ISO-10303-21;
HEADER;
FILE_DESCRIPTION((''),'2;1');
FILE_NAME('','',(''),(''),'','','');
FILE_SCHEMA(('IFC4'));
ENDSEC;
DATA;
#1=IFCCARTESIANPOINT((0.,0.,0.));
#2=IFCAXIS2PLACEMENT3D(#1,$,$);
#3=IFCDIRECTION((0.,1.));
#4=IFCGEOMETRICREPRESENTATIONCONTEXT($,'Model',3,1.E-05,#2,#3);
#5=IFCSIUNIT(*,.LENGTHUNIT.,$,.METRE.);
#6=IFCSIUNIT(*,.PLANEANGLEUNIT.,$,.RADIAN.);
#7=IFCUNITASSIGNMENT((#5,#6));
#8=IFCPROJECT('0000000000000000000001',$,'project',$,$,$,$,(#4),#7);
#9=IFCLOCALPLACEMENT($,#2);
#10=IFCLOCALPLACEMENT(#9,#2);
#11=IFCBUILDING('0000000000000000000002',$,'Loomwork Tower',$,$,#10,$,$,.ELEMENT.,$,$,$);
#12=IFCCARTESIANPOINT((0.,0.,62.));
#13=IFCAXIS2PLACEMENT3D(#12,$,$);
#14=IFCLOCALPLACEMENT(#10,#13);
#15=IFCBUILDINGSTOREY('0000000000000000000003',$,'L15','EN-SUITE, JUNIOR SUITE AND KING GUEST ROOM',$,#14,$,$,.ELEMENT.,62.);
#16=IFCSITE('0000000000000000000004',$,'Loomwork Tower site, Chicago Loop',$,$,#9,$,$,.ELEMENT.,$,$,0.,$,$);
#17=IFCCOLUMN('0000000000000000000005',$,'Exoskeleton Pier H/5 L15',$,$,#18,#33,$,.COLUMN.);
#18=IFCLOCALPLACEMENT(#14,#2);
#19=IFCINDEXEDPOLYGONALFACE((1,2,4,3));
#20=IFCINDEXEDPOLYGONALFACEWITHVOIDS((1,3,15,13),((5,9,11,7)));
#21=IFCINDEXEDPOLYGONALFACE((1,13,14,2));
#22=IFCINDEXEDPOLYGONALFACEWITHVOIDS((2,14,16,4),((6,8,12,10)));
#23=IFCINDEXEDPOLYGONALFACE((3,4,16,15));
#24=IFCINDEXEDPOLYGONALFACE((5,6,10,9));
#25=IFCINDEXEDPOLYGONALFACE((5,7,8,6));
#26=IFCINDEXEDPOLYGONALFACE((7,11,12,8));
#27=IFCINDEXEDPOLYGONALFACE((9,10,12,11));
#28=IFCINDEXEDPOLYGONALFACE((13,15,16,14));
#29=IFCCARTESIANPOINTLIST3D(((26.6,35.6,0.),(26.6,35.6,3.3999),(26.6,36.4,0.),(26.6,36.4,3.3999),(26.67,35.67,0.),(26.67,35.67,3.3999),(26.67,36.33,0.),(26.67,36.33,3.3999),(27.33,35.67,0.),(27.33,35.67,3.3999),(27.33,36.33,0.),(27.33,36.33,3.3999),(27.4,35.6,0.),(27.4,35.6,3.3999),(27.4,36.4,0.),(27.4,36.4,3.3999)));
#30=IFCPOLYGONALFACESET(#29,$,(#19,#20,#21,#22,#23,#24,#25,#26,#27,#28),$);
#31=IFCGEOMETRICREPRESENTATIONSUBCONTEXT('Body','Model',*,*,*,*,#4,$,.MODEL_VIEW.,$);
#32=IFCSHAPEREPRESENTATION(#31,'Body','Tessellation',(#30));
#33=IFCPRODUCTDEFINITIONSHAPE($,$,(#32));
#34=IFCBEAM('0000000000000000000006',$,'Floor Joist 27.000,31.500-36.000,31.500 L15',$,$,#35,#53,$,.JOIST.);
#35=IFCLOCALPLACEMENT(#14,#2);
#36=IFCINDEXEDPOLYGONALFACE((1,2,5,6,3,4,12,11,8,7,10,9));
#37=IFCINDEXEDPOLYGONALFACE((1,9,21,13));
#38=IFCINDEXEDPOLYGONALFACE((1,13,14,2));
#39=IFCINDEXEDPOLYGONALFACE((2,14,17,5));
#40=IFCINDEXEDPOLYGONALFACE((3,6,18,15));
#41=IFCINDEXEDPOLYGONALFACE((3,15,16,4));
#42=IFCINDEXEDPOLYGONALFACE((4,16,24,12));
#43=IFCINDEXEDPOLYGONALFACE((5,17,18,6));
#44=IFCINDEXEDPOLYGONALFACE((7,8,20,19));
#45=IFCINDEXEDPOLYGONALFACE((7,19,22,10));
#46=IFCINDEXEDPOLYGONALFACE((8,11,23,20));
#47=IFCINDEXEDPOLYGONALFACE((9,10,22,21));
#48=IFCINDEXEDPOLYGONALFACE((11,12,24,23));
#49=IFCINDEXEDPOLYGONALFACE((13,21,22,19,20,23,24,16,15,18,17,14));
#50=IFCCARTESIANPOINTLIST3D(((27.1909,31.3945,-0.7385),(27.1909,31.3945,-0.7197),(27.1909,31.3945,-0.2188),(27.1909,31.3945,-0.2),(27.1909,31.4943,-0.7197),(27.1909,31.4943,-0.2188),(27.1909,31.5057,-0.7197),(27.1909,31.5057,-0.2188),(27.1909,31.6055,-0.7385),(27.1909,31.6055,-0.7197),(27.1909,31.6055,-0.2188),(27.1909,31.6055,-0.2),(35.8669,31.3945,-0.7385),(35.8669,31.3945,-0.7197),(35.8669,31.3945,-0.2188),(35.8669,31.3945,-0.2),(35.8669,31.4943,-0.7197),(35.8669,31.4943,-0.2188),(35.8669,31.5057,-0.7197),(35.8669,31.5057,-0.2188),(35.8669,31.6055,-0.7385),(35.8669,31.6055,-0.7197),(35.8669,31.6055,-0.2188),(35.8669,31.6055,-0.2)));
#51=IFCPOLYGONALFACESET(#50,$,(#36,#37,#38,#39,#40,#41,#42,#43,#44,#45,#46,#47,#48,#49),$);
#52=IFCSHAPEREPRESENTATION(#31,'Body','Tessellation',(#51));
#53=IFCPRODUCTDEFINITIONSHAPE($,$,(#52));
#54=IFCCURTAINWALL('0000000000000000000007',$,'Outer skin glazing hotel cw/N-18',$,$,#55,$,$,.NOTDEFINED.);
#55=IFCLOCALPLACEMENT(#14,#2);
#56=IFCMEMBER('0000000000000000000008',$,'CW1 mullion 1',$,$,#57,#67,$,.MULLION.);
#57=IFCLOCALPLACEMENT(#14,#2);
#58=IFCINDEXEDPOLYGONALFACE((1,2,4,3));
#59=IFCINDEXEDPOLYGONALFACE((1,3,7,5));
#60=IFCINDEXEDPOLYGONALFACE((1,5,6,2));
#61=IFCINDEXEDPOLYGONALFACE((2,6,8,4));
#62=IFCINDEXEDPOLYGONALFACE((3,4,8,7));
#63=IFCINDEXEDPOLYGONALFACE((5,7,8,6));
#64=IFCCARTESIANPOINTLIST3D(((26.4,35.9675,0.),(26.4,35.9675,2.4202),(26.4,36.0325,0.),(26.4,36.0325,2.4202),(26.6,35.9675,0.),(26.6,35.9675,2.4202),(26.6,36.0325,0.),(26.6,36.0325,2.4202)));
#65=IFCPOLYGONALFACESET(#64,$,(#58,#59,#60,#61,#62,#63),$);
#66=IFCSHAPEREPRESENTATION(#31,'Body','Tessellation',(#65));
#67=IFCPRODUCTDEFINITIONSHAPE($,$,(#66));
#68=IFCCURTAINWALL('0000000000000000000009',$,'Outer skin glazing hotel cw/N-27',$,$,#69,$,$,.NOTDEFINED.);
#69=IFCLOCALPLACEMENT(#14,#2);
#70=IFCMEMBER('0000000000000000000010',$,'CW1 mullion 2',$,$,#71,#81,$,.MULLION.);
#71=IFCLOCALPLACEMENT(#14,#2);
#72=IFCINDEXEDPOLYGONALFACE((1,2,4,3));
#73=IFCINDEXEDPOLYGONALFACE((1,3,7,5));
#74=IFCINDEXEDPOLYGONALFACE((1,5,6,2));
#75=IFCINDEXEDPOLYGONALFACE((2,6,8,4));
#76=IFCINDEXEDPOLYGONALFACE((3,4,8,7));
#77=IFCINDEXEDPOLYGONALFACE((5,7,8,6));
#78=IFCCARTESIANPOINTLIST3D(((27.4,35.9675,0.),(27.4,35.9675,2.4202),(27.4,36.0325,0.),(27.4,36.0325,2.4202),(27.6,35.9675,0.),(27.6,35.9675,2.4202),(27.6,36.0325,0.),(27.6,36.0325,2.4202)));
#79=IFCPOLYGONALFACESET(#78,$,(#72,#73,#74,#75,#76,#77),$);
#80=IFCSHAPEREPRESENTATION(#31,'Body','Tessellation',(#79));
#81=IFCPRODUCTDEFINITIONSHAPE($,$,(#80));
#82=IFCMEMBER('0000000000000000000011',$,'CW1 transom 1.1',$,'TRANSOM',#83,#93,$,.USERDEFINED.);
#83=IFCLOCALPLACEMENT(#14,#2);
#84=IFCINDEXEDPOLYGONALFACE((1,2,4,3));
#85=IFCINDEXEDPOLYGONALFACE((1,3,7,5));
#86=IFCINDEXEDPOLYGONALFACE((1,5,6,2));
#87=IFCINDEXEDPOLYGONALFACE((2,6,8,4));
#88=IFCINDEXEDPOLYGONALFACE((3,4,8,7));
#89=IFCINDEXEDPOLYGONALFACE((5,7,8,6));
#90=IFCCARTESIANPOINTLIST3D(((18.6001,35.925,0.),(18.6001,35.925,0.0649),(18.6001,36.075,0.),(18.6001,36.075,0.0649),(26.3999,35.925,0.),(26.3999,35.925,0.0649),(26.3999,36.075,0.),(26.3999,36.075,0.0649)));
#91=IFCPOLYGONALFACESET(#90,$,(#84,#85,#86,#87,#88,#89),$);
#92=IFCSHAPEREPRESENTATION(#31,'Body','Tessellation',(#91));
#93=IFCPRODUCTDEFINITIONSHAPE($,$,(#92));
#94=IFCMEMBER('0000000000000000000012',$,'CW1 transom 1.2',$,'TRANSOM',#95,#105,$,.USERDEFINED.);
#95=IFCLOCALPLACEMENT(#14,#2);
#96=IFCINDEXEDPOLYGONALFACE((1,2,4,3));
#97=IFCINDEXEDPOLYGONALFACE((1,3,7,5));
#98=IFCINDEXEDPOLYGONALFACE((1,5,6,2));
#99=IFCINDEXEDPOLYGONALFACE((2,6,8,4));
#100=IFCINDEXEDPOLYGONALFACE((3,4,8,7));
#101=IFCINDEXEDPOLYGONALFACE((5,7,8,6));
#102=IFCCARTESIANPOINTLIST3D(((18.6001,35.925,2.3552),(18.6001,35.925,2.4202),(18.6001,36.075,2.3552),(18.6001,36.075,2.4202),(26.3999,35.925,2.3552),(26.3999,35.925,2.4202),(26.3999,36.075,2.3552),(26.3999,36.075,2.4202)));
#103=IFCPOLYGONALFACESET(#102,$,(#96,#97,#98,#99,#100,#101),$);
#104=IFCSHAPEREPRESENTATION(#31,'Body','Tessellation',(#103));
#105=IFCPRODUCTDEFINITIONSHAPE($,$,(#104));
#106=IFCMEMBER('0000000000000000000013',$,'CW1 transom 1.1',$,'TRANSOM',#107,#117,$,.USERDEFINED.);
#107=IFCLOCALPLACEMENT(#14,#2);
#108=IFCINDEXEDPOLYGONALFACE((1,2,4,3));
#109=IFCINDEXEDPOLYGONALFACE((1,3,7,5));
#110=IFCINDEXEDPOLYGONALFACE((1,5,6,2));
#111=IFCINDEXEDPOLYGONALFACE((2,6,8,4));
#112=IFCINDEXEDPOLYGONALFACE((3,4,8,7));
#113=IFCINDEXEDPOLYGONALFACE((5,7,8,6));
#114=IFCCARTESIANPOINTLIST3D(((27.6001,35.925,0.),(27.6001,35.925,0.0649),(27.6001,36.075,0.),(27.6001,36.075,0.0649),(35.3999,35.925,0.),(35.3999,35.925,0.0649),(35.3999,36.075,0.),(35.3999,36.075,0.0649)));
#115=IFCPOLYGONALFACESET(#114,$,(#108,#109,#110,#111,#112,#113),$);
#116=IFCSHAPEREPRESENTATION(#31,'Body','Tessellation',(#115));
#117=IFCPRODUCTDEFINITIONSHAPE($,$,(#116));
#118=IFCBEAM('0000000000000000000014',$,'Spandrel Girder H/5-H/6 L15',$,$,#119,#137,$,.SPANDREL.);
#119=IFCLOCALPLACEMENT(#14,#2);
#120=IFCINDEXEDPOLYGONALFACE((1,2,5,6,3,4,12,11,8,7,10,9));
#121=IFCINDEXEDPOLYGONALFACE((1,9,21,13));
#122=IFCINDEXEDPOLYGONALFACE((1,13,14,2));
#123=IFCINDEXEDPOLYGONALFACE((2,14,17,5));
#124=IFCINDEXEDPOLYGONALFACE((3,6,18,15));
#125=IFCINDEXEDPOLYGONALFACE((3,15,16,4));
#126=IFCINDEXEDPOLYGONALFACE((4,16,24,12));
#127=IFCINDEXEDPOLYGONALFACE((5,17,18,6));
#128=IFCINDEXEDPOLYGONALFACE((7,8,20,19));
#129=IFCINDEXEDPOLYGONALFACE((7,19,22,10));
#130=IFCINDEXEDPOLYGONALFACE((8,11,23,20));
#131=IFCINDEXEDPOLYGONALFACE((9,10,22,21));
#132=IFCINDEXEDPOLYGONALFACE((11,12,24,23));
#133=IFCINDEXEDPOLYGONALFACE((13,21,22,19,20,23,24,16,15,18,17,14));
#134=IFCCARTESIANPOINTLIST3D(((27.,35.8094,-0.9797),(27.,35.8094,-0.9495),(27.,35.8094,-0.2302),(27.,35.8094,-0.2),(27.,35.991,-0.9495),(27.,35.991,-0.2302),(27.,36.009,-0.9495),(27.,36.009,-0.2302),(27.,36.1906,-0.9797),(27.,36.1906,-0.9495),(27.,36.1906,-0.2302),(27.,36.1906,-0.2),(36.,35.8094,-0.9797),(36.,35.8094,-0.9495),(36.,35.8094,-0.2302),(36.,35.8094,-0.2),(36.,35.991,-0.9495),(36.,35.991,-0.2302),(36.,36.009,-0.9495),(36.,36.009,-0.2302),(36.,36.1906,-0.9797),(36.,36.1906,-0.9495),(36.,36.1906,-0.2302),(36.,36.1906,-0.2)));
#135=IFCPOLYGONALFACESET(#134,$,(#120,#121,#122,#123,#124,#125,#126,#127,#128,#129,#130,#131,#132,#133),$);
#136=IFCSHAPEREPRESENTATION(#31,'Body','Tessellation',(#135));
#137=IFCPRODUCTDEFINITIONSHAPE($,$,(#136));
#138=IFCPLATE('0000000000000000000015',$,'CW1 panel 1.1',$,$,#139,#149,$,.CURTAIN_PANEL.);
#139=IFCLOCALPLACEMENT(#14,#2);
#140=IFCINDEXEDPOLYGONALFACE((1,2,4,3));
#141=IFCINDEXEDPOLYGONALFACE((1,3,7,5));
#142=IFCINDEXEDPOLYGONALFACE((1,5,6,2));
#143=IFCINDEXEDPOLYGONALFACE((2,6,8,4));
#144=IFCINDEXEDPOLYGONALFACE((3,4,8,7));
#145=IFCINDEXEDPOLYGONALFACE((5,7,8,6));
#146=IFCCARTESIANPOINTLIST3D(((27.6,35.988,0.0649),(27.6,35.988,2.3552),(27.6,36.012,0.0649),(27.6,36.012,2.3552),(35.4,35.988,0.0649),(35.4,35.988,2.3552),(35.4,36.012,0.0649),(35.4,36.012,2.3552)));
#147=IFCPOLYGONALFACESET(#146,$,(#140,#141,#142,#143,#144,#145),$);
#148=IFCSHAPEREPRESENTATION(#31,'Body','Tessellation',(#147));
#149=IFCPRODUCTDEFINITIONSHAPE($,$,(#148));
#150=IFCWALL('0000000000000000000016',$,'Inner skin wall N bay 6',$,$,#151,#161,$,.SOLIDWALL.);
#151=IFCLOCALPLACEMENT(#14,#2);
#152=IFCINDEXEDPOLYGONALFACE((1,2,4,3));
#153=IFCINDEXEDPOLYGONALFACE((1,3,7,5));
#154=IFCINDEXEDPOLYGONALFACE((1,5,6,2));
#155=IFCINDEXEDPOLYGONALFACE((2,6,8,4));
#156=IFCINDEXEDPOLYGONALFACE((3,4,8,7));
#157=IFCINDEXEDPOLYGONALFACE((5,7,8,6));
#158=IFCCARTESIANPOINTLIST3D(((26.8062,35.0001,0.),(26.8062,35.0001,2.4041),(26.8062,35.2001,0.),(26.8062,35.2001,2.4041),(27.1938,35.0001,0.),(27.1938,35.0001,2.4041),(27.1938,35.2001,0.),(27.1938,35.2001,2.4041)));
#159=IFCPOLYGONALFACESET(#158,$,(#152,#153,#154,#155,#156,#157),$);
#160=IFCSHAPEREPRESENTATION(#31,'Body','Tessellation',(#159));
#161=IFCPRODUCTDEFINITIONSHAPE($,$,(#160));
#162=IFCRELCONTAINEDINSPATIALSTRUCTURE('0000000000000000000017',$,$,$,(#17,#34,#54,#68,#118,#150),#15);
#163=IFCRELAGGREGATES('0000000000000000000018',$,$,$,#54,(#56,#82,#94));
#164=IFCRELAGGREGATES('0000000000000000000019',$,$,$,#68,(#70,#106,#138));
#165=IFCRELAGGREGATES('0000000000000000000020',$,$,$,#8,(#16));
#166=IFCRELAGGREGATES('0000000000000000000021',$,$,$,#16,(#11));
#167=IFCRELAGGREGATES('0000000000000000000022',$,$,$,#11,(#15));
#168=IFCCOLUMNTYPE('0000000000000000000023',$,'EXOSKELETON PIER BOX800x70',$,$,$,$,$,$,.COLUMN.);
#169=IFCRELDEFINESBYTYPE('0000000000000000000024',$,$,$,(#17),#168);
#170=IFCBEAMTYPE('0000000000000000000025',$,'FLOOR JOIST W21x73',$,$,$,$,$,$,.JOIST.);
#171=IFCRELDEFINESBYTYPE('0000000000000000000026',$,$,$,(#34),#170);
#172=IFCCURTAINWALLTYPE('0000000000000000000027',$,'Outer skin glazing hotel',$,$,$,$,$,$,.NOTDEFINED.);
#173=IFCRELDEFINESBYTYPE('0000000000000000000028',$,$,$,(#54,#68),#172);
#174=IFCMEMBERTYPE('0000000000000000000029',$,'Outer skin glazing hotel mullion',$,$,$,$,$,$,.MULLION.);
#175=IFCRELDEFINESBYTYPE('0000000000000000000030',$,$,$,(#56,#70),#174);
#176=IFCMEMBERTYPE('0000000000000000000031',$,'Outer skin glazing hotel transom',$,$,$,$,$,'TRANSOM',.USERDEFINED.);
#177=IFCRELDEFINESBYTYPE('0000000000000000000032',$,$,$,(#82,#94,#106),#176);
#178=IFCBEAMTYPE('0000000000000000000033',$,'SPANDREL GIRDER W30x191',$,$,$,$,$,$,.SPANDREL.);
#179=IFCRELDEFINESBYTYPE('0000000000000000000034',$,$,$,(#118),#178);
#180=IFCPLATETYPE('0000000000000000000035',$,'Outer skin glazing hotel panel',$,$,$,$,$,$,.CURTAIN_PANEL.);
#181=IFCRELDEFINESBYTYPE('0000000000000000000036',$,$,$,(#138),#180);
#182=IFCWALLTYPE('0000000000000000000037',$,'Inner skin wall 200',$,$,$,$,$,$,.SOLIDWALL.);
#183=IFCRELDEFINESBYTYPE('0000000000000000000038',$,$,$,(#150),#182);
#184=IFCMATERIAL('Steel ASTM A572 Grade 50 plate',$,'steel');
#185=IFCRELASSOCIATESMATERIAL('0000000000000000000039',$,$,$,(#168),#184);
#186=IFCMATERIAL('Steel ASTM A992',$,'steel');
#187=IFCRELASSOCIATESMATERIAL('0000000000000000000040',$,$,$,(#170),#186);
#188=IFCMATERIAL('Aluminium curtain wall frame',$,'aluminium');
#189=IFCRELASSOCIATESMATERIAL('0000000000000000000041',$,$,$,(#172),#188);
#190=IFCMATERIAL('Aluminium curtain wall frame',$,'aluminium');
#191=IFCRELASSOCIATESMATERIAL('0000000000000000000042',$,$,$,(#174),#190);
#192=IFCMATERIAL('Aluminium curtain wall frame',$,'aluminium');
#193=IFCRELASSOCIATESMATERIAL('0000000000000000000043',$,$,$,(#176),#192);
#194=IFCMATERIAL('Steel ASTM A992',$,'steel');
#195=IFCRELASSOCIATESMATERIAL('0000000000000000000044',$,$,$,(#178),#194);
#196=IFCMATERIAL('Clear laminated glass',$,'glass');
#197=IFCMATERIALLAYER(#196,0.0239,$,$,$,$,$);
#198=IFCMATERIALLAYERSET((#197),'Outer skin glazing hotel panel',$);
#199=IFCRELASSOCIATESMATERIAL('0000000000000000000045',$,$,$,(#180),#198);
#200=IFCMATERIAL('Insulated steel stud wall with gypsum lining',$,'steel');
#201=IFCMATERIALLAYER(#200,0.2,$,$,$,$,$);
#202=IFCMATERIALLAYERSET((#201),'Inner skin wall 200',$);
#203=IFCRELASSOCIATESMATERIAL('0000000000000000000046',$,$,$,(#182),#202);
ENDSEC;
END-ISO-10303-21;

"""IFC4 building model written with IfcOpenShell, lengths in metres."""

from ifc_helpers import new_model, si_unit, direction, frame, frame_2d, origin, origin_2d, place, context, subcontext, project, spatial, rectangle, hollow_rectangle, i_section, extrude, material, layer, layer_set, material_profile, profile_set, type_object, element, aggregate, save


model = new_model("IFC4")

# Units and contexts
model_context = context("Model", 3, precision=1e-05, world=origin(), true_north=direction((0.0, 1.0)))
body_context = subcontext(model_context, "Body", "Model", "MODEL_VIEW")
ifc_project = project(units=[si_unit("LENGTHUNIT", "METRE"), si_unit("PLANEANGLEUNIT", "RADIAN")], contexts=[model_context])

# Site, building, storey
site_placement = place(None, origin())
site = spatial("IfcSite", under=ifc_project, at=site_placement, Name="Loomwork Tower site, Chicago Loop", CompositionType="ELEMENT", RefElevation=0.0)
building_placement = place(site_placement, origin())
building = spatial("IfcBuilding", under=site, at=building_placement, Name="Loomwork Tower", CompositionType="ELEMENT")
storey_placement = place(building_placement, frame((0.0, 0.0, 62.0)))
storey = spatial("IfcBuildingStorey", under=building, at=storey_placement, Name="L15", Description="EN-SUITE, JUNIOR SUITE AND KING GUEST ROOM", CompositionType="ELEMENT", Elevation=62.0)

# Column
ifc_material_1 = material(Name="Steel ASTM A572 Grade 50 plate", Category="steel")
ifc_material_profile_1 = material_profile(ifc_material_1, hollow_rectangle(XDim=0.8, YDim=0.8, WallThickness=0.0701, at=origin_2d()), Name="BOX800x70")
ifc_profile_set_1 = profile_set([ifc_material_profile_1], Name="Steel ASTM A572 Grade 50 plate")
column_type = type_object("IfcColumnType", Name="EXOSKELETON PIER BOX800x70", PredefinedType="COLUMN", material=ifc_profile_set_1)
column_placement = place(storey_placement, frame((27.0, 36.0, 0.0), z_axis=(0.0, 0.0, 1.0), x_axis=(1.0, 0.0, 0.0)))
element("IfcColumn", 1, at=column_placement, inside=storey, type_object=column_type, Name="Exoskeleton Pier H/5 L15", PredefinedType="COLUMN", context=body_context, shape_type="SweptSolid", body=[
    extrude(hollow_rectangle(XDim=0.8, YDim=0.8, WallThickness=0.0701, at=origin_2d()), origin(), (0.0, 0.0, 1.0), 3.3999),
])

# Beam
ifc_material_2 = material(Name="Steel ASTM A992", Category="steel")
ifc_material_profile_2 = material_profile(ifc_material_2, i_section(OverallWidth=0.2109, OverallDepth=0.5386, WebThickness=0.0115, FlangeThickness=0.0188, at=origin_2d()), Name="W21x73")
ifc_profile_set_2 = profile_set([ifc_material_profile_2], Name="Steel ASTM A992")
beam_type_1 = type_object("IfcBeamType", Name="FLOOR JOIST W21x73", PredefinedType="JOIST", material=ifc_profile_set_2)
beam_1_placement = place(storey_placement, frame((27.1909, 31.5, -0.4692), z_axis=(1.0, 0.0, 0.0), x_axis=(0.0, 1.0, 0.0)))
element("IfcBeam", 2, at=beam_1_placement, inside=storey, type_object=beam_type_1, Name="Floor Joist 27.000,31.500-36.000,31.500 L15", PredefinedType="JOIST", context=body_context, shape_type="SweptSolid", body=[
    extrude(i_section(OverallWidth=0.2109, OverallDepth=0.5386, WebThickness=0.0115, FlangeThickness=0.0188, at=origin_2d()), origin(), (0.0, 0.0, 1.0), 8.676),
])

# Curtain walls, members
ifc_material_3 = material(Name="Aluminium curtain wall frame", Category="aluminium")
curtain_wall_type = type_object("IfcCurtainWallType", Name="Outer skin glazing hotel", PredefinedType="NOTDEFINED", material=ifc_material_3)
curtain_wall_1_placement = place(storey_placement, origin())
curtain_wall_1 = element("IfcCurtainWall", 3, at=curtain_wall_1_placement, inside=storey, type_object=curtain_wall_type, Name="Outer skin glazing hotel cw/N-18", PredefinedType="NOTDEFINED")
ifc_material_4 = material(Name="Aluminium curtain wall frame", Category="aluminium")
ifc_material_profile_3 = material_profile(ifc_material_4, rectangle(XDim=0.0649, YDim=0.2, at=origin_2d()), Name="AL 65x200")
ifc_profile_set_3 = profile_set([ifc_material_profile_3], Name="Aluminium curtain wall frame")
member_type_1 = type_object("IfcMemberType", Name="Outer skin glazing hotel mullion", PredefinedType="MULLION", material=ifc_profile_set_3)
member_1_placement = place(storey_placement, frame((26.5, 36.0, 0.0), z_axis=(0.0, 0.0, 1.0), x_axis=(0.0, -1.0, 0.0)))
member_1 = element("IfcMember", 4, at=member_1_placement, type_object=member_type_1, Name="CW1 mullion 1", PredefinedType="MULLION", context=body_context, shape_type="SweptSolid", body=[
    extrude(rectangle(XDim=0.0649, YDim=0.2, at=origin_2d()), origin(), (0.0, 0.0, 1.0), 2.4202),
])
curtain_wall_2_placement = place(storey_placement, origin())
curtain_wall_2 = element("IfcCurtainWall", 5, at=curtain_wall_2_placement, inside=storey, type_object=curtain_wall_type, Name="Outer skin glazing hotel cw/N-27", PredefinedType="NOTDEFINED")
member_2_placement = place(storey_placement, frame((27.5, 36.0, 0.0), z_axis=(0.0, 0.0, 1.0), x_axis=(0.0, -1.0, 0.0)))
member_2 = element("IfcMember", 6, at=member_2_placement, type_object=member_type_1, Name="CW1 mullion 2", PredefinedType="MULLION", context=body_context, shape_type="SweptSolid", body=[
    extrude(rectangle(XDim=0.0649, YDim=0.2, at=origin_2d()), origin(), (0.0, 0.0, 1.0), 2.4202),
])

# Members
ifc_material_5 = material(Name="Aluminium curtain wall frame", Category="aluminium")
ifc_material_profile_4 = material_profile(ifc_material_5, rectangle(XDim=0.1499, YDim=0.0649, at=origin_2d()), Name="AL 65x150")
ifc_profile_set_4 = profile_set([ifc_material_profile_4], Name="Aluminium curtain wall frame")
member_type_2 = type_object("IfcMemberType", Name="Outer skin glazing hotel transom", ElementType="TRANSOM", PredefinedType="USERDEFINED", material=ifc_profile_set_4)
member_3_placement = place(storey_placement, frame((26.3999, 36.0, 0.0325), z_axis=(-1.0, 0.0, 0.0), x_axis=(0.0, -1.0, 0.0)))
member_3 = element("IfcMember", 7, at=member_3_placement, type_object=member_type_2, Name="CW1 transom 1.1", ObjectType="TRANSOM", PredefinedType="USERDEFINED", context=body_context, shape_type="SweptSolid", body=[
    extrude(rectangle(XDim=0.1499, YDim=0.0649, at=origin_2d()), origin(), (0.0, 0.0, 1.0), 7.7998),
])
member_4_placement = place(storey_placement, frame((26.3999, 36.0, 2.3877), z_axis=(-1.0, 0.0, 0.0), x_axis=(0.0, -1.0, 0.0)))
member_4 = element("IfcMember", 8, at=member_4_placement, type_object=member_type_2, Name="CW1 transom 1.2", ObjectType="TRANSOM", PredefinedType="USERDEFINED", context=body_context, shape_type="SweptSolid", body=[
    extrude(rectangle(XDim=0.1499, YDim=0.0649, at=origin_2d()), origin(), (0.0, 0.0, 1.0), 7.7998),
])
aggregate(curtain_wall_1, [member_1, member_3, member_4])
member_5_placement = place(storey_placement, frame((35.3999, 36.0, 0.0325), z_axis=(-1.0, 0.0, 0.0), x_axis=(0.0, -1.0, 0.0)))
member_5 = element("IfcMember", 9, at=member_5_placement, type_object=member_type_2, Name="CW1 transom 1.1", ObjectType="TRANSOM", PredefinedType="USERDEFINED", context=body_context, shape_type="SweptSolid", body=[
    extrude(rectangle(XDim=0.1499, YDim=0.0649, at=origin_2d()), origin(), (0.0, 0.0, 1.0), 7.7998),
])

# Beam
ifc_material_6 = material(Name="Steel ASTM A992", Category="steel")
ifc_material_profile_5 = material_profile(ifc_material_6, i_section(OverallWidth=0.3811, OverallDepth=0.7798, WebThickness=0.0181, FlangeThickness=0.0303, at=origin_2d()), Name="W30x191")
ifc_profile_set_5 = profile_set([ifc_material_profile_5], Name="Steel ASTM A992")
beam_type_2 = type_object("IfcBeamType", Name="SPANDREL GIRDER W30x191", PredefinedType="SPANDREL", material=ifc_profile_set_5)
beam_2_placement = place(storey_placement, frame((27.0, 36.0, -0.5898), z_axis=(1.0, 0.0, 0.0), x_axis=(0.0, 1.0, 0.0)))
element("IfcBeam", 10, at=beam_2_placement, inside=storey, type_object=beam_type_2, Name="Spandrel Girder H/5-H/6 L15", PredefinedType="SPANDREL", context=body_context, shape_type="SweptSolid", body=[
    extrude(i_section(OverallWidth=0.3811, OverallDepth=0.7798, WebThickness=0.0181, FlangeThickness=0.0303, at=origin_2d()), origin(), (0.0, 0.0, 1.0), 9.0),
])

# Plate
ifc_material_7 = material(Name="Clear laminated glass", Category="glass")
ifc_layer_1 = layer(ifc_material_7, 0.0239)
ifc_layer_set_1 = layer_set([ifc_layer_1], Name="Outer skin glazing hotel panel")
plate_type = type_object("IfcPlateType", Name="Outer skin glazing hotel panel", PredefinedType="CURTAIN_PANEL", material=ifc_layer_set_1)
plate_placement = place(storey_placement, frame((31.5, 36.0, 0.0649), z_axis=(0.0, 0.0, 1.0), x_axis=(-1.0, 0.0, 0.0)))
plate = element("IfcPlate", 11, at=plate_placement, type_object=plate_type, Name="CW1 panel 1.1", PredefinedType="CURTAIN_PANEL", context=body_context, shape_type="SweptSolid", body=[
    extrude(rectangle(XDim=7.8, YDim=0.0239, at=origin_2d()), origin(), (0.0, 0.0, 1.0), 2.2903),
])
aggregate(curtain_wall_2, [member_2, member_5, plate])

# Wall
ifc_material_8 = material(Name="Insulated steel stud wall with gypsum lining", Category="steel")
ifc_layer_2 = layer(ifc_material_8, 0.2)
ifc_layer_set_2 = layer_set([ifc_layer_2], Name="Inner skin wall 200")
wall_type = type_object("IfcWallType", Name="Inner skin wall 200", PredefinedType="SOLIDWALL", material=ifc_layer_set_2)
wall_1_placement = place(storey_placement, frame((26.8062, 35.1001, 0.0), z_axis=(0.0, 0.0, 1.0), x_axis=(1.0, 0.0, 0.0)))
element("IfcWall", 12, at=wall_1_placement, inside=storey, type_object=wall_type, Name="Inner skin wall N bay 6", PredefinedType="SOLIDWALL", context=body_context, shape_type="SweptSolid", body=[
    extrude(rectangle(XDim=0.3877, YDim=0.2, at=frame_2d((0.1938, 0.0))), origin(), (0.0, 0.0, 1.0), 2.4041),
])

save(model, "model.ifc")
